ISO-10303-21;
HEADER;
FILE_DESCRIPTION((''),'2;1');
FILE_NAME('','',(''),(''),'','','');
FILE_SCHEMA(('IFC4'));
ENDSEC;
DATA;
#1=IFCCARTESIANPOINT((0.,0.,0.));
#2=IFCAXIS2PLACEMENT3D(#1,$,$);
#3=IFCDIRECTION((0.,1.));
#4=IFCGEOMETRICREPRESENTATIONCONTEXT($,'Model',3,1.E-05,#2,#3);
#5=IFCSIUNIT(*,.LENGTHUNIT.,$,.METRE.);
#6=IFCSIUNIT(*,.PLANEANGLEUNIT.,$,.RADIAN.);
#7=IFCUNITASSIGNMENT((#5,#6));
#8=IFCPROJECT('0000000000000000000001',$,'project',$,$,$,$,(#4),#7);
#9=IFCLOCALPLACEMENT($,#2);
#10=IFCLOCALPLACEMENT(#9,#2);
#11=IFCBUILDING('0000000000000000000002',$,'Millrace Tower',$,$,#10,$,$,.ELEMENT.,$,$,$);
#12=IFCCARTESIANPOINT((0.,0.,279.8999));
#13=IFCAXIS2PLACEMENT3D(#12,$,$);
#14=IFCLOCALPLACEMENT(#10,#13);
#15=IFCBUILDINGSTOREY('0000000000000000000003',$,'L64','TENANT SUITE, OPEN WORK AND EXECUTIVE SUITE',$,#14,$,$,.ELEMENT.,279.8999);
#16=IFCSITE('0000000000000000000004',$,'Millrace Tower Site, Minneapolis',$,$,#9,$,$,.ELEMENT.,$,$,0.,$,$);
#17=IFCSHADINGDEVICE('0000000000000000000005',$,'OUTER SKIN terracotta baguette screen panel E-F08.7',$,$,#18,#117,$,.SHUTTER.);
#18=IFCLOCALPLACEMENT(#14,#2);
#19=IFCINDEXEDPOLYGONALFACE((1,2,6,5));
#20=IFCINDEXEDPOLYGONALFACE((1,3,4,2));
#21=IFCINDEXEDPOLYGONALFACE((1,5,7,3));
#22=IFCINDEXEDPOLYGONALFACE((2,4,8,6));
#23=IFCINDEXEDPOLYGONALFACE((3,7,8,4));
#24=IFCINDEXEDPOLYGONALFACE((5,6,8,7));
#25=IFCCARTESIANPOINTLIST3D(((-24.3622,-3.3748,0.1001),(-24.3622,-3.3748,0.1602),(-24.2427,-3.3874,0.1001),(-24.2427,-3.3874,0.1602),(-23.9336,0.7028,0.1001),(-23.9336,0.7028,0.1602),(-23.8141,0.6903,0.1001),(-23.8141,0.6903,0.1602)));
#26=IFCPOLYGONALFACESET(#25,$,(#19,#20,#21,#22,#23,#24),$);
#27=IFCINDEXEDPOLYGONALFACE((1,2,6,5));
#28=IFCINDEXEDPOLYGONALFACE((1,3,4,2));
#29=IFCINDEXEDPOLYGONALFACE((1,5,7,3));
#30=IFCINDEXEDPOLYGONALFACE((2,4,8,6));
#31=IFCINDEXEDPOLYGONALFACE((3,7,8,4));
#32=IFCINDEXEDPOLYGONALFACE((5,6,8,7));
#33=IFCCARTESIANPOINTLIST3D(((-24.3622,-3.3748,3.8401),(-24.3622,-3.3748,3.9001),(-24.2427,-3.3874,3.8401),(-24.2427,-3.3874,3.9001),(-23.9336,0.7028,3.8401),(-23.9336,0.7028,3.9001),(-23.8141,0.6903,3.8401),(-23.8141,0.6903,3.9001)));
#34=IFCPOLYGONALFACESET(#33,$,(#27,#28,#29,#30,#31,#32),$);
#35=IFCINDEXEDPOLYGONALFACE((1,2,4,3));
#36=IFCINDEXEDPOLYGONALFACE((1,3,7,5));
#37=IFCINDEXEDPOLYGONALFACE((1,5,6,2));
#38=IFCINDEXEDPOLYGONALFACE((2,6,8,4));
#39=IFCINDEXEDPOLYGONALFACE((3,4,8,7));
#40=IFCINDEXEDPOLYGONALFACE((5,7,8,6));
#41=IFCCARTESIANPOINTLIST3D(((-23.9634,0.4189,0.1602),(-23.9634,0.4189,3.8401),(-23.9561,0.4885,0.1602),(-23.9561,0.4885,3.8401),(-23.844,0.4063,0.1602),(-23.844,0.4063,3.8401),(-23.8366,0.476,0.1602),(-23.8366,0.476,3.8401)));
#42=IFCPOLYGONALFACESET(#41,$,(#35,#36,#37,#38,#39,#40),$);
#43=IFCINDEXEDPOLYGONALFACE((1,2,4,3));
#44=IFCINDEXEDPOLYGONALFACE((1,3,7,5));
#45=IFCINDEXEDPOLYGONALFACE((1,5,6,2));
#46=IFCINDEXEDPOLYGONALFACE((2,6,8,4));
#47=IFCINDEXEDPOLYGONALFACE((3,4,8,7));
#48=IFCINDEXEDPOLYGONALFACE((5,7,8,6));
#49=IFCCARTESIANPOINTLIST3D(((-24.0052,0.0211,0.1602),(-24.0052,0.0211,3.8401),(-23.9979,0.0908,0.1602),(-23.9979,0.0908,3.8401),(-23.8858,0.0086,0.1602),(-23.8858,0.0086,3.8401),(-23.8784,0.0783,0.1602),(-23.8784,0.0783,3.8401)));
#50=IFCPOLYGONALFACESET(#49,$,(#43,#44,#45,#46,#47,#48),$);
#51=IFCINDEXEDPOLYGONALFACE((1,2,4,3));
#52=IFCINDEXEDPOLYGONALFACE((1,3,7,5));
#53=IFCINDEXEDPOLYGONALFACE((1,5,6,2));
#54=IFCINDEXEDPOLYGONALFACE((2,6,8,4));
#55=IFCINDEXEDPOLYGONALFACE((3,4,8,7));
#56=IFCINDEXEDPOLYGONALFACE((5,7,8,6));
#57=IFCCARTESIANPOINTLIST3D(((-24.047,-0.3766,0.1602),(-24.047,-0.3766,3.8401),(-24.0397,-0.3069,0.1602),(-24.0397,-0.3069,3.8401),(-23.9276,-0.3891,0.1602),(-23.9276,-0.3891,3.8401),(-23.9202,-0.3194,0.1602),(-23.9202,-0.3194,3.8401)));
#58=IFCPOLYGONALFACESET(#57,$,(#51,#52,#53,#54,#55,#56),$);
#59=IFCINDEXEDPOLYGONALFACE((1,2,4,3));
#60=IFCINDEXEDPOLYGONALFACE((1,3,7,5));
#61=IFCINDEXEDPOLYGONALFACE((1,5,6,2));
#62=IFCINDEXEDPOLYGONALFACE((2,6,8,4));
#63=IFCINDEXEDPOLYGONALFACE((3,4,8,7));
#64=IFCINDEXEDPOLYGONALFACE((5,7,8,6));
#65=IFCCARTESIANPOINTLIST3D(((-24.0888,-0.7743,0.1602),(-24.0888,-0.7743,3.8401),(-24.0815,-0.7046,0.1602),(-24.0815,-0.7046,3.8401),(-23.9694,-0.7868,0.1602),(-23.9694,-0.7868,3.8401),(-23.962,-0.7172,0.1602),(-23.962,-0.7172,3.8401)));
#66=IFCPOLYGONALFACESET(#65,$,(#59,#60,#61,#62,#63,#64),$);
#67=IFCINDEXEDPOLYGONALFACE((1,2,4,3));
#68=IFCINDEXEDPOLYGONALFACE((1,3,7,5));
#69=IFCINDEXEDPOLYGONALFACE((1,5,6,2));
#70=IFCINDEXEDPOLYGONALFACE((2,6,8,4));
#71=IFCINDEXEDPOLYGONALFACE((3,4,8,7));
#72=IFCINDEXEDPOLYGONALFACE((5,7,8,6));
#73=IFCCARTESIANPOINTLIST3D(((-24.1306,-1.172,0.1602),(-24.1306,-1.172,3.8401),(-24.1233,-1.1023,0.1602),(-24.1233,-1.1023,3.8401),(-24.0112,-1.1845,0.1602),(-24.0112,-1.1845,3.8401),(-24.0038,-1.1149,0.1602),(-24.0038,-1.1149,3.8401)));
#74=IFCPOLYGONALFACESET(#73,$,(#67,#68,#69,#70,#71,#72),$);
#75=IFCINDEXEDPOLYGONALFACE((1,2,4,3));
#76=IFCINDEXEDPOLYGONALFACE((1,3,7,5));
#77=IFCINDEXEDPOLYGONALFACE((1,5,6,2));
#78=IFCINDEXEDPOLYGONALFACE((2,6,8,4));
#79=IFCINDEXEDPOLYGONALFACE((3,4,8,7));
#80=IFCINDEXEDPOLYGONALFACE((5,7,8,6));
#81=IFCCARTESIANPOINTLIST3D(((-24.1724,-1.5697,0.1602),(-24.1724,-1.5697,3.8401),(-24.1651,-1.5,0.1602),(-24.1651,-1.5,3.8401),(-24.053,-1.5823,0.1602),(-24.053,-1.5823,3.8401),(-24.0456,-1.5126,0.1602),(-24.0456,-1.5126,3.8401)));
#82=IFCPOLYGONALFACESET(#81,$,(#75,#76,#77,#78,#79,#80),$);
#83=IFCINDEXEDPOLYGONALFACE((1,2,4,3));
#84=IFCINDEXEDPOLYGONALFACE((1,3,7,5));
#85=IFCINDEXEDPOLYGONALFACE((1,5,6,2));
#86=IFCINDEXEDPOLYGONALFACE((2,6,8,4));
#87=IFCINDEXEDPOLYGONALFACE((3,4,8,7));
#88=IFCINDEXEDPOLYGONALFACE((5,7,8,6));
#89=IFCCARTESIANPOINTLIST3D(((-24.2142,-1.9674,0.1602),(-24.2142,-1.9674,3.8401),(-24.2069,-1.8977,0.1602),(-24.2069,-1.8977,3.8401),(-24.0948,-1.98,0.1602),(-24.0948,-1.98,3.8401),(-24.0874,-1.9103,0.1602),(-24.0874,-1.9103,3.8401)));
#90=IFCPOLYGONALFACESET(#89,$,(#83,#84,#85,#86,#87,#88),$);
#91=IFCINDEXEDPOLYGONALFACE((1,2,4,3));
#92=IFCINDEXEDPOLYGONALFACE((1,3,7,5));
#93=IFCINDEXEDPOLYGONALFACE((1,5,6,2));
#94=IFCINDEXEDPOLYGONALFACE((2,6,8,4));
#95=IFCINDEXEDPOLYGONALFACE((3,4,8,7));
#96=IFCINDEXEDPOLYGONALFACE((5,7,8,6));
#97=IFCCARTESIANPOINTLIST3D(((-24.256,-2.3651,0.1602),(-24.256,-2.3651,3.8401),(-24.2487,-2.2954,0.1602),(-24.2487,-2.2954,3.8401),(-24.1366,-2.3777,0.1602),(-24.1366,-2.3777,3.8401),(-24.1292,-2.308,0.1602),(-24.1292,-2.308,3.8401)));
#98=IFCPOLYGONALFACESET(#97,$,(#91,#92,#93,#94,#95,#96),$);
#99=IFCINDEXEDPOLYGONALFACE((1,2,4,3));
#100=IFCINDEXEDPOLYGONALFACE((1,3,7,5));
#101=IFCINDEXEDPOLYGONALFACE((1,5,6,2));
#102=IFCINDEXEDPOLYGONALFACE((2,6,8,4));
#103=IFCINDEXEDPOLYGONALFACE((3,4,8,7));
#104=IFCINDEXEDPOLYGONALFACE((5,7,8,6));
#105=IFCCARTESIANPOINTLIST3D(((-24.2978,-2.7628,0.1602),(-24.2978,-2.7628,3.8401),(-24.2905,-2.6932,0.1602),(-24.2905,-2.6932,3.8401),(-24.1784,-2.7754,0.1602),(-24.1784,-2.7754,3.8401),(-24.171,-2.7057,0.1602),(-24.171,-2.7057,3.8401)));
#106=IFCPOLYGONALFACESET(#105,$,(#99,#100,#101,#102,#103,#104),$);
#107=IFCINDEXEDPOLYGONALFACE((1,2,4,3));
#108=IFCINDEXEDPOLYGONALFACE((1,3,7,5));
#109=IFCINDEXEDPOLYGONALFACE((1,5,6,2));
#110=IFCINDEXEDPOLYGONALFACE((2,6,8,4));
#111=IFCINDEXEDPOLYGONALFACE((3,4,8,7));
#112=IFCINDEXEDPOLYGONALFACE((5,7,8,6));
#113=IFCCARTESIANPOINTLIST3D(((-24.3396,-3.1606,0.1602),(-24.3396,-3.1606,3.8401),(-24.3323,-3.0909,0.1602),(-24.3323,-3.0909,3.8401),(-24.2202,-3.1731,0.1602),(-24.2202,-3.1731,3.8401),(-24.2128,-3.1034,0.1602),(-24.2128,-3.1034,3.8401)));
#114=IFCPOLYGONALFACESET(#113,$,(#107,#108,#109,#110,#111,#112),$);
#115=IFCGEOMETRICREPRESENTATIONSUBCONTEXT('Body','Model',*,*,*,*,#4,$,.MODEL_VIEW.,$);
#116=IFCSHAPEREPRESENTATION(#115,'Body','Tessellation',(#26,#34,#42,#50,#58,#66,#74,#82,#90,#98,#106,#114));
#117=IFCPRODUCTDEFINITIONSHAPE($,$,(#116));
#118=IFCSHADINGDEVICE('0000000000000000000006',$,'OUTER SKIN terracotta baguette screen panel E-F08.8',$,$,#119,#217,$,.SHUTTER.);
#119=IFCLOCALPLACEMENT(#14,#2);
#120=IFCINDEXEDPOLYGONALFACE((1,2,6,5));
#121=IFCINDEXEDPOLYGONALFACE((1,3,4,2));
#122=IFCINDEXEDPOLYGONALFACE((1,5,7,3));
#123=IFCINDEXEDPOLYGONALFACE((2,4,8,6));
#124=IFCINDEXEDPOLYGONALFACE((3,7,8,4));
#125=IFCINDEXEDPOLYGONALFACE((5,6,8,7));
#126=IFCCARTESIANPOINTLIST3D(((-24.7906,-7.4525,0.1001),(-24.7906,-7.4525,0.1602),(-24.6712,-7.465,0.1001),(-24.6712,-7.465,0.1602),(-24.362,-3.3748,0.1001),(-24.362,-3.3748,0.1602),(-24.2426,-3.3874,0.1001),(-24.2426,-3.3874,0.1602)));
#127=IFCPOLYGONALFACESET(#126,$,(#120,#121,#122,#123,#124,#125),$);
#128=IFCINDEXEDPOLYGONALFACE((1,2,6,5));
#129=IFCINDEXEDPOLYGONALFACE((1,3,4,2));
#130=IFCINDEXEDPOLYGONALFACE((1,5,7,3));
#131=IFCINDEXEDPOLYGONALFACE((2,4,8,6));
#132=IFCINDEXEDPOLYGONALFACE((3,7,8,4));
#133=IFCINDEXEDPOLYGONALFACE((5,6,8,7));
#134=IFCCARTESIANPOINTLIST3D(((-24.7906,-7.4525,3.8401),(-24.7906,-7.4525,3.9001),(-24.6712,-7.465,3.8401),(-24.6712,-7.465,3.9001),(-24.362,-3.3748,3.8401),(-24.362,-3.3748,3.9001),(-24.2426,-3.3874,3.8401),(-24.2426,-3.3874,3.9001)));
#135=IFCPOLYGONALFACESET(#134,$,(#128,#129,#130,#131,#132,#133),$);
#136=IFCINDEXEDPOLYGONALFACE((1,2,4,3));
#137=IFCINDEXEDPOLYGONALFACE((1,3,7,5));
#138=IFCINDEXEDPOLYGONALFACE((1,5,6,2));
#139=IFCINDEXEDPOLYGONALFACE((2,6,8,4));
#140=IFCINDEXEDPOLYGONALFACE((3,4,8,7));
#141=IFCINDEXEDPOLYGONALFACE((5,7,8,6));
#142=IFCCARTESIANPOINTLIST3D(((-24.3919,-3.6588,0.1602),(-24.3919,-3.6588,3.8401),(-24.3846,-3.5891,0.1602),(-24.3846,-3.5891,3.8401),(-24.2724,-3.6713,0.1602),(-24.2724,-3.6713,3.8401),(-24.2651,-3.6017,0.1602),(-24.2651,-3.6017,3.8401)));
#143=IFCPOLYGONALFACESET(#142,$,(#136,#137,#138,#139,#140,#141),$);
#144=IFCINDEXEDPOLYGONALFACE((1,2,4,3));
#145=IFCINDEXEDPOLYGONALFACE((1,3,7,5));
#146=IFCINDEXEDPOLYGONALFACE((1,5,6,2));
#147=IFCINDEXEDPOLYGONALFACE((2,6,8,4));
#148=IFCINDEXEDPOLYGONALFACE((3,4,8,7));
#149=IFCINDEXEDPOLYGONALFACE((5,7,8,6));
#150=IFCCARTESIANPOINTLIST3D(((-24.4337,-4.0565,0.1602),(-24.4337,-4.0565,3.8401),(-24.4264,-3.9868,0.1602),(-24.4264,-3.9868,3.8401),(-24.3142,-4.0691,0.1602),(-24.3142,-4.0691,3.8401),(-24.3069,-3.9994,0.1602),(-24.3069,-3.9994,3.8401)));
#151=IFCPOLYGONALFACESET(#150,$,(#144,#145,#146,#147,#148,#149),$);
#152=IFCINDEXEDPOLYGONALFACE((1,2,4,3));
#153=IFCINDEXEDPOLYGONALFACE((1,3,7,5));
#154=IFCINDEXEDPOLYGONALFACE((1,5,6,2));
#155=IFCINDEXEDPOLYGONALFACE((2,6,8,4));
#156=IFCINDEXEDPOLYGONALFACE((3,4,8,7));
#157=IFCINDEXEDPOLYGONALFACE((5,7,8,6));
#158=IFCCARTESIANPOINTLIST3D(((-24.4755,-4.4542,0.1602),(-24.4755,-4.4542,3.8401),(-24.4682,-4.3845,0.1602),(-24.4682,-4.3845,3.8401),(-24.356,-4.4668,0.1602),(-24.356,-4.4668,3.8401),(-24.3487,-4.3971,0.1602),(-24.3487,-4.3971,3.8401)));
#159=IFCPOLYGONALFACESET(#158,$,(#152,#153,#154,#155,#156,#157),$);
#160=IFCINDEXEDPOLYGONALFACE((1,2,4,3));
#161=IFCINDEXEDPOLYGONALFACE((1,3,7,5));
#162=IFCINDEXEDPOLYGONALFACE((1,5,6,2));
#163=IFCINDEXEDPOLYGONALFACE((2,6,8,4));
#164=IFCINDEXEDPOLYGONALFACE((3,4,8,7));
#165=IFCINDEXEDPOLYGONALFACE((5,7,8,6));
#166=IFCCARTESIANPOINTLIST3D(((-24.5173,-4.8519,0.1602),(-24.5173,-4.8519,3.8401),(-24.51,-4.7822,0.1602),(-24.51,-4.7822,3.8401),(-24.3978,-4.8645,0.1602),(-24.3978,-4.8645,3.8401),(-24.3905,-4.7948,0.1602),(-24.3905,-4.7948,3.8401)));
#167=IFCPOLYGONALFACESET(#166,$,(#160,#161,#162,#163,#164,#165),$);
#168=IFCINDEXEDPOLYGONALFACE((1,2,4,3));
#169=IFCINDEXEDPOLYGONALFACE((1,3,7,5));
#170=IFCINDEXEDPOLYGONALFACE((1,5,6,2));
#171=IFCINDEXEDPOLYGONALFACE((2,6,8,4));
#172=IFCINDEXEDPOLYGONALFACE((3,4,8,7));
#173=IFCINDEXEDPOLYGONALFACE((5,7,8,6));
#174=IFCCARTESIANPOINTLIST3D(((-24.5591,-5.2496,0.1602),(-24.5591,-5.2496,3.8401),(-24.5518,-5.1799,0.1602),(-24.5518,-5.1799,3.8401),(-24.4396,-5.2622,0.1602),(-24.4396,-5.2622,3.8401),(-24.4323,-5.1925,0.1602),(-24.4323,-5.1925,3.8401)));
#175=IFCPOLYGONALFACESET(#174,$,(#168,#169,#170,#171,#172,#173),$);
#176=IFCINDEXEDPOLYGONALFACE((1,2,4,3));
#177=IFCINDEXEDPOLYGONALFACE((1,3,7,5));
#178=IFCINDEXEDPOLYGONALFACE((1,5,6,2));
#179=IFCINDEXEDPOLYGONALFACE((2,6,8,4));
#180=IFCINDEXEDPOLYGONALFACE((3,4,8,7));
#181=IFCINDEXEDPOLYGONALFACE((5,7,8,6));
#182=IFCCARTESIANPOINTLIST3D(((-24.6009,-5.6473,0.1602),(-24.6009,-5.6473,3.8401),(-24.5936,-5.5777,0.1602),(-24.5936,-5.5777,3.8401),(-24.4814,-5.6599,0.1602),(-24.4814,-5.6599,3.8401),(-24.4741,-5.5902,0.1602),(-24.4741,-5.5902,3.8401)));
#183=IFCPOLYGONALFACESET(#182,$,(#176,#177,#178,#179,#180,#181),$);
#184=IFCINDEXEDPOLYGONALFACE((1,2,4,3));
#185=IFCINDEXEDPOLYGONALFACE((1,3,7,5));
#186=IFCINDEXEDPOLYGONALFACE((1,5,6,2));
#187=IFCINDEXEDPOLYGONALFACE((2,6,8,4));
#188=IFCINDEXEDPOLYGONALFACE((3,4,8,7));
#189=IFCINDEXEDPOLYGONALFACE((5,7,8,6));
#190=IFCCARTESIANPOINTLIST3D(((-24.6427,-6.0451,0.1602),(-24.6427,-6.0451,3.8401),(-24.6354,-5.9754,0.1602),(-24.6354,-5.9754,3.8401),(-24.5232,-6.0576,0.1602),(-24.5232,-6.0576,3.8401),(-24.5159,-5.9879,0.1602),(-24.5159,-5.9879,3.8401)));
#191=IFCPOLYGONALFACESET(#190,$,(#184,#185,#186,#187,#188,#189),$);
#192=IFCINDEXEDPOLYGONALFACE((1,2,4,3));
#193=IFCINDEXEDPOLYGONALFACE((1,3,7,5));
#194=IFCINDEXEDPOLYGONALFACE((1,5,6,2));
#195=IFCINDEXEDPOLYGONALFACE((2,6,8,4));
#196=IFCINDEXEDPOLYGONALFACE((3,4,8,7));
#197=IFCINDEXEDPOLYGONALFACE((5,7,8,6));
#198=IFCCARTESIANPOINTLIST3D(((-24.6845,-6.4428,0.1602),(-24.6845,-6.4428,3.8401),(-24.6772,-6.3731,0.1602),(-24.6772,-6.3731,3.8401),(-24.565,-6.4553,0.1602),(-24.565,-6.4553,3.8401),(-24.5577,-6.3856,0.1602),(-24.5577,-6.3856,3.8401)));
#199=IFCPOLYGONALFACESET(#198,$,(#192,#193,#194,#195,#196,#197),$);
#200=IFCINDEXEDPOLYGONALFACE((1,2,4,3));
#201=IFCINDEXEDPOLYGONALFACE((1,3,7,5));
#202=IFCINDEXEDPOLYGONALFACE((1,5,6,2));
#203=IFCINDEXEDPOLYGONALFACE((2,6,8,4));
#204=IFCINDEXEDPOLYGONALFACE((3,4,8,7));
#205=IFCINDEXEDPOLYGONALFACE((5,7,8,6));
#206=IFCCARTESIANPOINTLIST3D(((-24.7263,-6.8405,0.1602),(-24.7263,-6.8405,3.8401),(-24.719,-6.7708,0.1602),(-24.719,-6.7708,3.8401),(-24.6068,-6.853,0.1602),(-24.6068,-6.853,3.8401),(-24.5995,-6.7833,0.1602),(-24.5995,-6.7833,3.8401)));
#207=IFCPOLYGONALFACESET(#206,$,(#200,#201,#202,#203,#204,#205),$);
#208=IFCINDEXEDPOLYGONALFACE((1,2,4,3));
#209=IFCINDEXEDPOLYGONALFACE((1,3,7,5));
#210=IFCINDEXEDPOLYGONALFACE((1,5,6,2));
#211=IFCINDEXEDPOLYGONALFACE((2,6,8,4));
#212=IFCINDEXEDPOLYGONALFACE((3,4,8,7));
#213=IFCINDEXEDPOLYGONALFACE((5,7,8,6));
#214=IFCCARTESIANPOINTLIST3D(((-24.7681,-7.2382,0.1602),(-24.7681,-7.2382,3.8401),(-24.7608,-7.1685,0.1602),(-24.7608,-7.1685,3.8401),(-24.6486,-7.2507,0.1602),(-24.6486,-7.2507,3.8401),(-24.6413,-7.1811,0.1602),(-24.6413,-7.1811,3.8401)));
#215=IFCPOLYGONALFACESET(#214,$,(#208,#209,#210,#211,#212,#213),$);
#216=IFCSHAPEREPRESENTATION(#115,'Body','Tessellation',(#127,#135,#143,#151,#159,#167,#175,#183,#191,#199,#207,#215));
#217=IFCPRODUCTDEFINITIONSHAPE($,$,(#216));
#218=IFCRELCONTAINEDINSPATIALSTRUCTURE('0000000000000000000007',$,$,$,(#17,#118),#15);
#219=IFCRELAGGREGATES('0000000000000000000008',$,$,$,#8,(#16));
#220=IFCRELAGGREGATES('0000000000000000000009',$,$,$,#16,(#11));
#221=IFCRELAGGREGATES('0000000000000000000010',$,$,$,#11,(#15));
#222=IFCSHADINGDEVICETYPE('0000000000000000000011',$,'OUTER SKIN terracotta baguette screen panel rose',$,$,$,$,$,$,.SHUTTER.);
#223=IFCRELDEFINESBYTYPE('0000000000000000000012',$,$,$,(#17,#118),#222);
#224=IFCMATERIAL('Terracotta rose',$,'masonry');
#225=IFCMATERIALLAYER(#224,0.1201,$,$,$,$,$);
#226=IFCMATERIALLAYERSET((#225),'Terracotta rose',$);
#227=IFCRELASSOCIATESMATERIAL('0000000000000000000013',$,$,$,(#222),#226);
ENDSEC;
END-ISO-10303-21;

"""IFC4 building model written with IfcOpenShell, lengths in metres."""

from ifc_helpers import new_model, entity, si_unit, direction, frame, frame_2d, origin, place, context, subcontext, project, spatial, rectangle, extrude, source, transform, mapped, material, layer, layer_set, type_object, element, save


model = new_model("IFC4")

# Units and contexts
model_context = context("Model", 3, precision=1e-05, world=origin(), true_north=direction((0.0, 1.0)))
body_context = subcontext(model_context, "Body", "Model", "MODEL_VIEW")
ifc_project = project(units=[si_unit("LENGTHUNIT", "METRE"), si_unit("PLANEANGLEUNIT", "RADIAN")], contexts=[model_context])

# Site, building, storey
site_placement = place(None, origin())
site = spatial("IfcSite", under=ifc_project, at=site_placement, Name="Millrace Tower Site, Minneapolis", CompositionType="ELEMENT", RefElevation=0.0)
building_placement = place(site_placement, origin())
building = spatial("IfcBuilding", under=site, at=building_placement, Name="Millrace Tower", CompositionType="ELEMENT")
storey_placement = place(building_placement, frame((0.0, 0.0, 279.8999)))
storey = spatial("IfcBuildingStorey", under=building, at=storey_placement, Name="L64", Description="TENANT SUITE, OPEN WORK AND EXECUTIVE SUITE", CompositionType="ELEMENT", Elevation=279.8999)

# Shading devices
ifc_material_1 = material(Name="Terracotta rose", Category="masonry")
ifc_layer_1 = layer(ifc_material_1, 0.1201)
ifc_layer_set_1 = layer_set([ifc_layer_1], Name="Terracotta rose")
shading_device_type = type_object("IfcShadingDeviceType", Name="OUTER SKIN terracotta baguette screen panel rose", PredefinedType="SHUTTER", material=ifc_layer_set_1)
cartesian_point_1 = entity("IfcCartesianPoint", [-2.05, 0.0601])
shared_polyline_1 = entity("IfcPolyline", [cartesian_point_1, entity("IfcCartesianPoint", [2.05, 0.0601]), entity("IfcCartesianPoint", [2.05, -0.0601]), entity("IfcCartesianPoint", [-2.05, -0.0601]), cartesian_point_1])
shared_shape_1 = source(origin(), body_context, "Body", "SweptSolid", [
    entity("IfcExtrudedAreaSolid", entity("IfcArbitraryClosedProfileDef", "AREA", None, shared_polyline_1), entity("IfcAxis2Placement3D", entity("IfcCartesianPoint", [0.0, 0.0, 0.0])), entity("IfcDirection", [0.0, 0.0, 1.0]), 0.0601),
    entity("IfcExtrudedAreaSolid", entity("IfcArbitraryClosedProfileDef", "AREA", None, shared_polyline_1), entity("IfcAxis2Placement3D", entity("IfcCartesianPoint", [0.0, 0.0, 3.74])), entity("IfcDirection", [0.0, 0.0, 1.0]), 0.0601),
    extrude(rectangle(XDim=0.0701, YDim=0.1201, at=frame_2d((-1.7996, 0.0))), frame((0.0, 0.0, 0.0601)), (0.0, 0.0, 1.0), 3.6799),
    extrude(rectangle(XDim=0.0701, YDim=0.1201, at=frame_2d((-1.3997, 0.0))), frame((0.0, 0.0, 0.0601)), (0.0, 0.0, 1.0), 3.6799),
    extrude(rectangle(XDim=0.0701, YDim=0.1201, at=frame_2d((-0.9998, 0.0))), frame((0.0, 0.0, 0.0601)), (0.0, 0.0, 1.0), 3.6799),
    extrude(rectangle(XDim=0.0701, YDim=0.1201, at=frame_2d((-0.5999, 0.0))), frame((0.0, 0.0, 0.0601)), (0.0, 0.0, 1.0), 3.6799),
    extrude(rectangle(XDim=0.0701, YDim=0.1201, at=frame_2d((-0.2, 0.0))), frame((0.0, 0.0, 0.0601)), (0.0, 0.0, 1.0), 3.6799),
    extrude(rectangle(XDim=0.0701, YDim=0.1201, at=frame_2d((0.2, 0.0))), frame((0.0, 0.0, 0.0601)), (0.0, 0.0, 1.0), 3.6799),
    extrude(rectangle(XDim=0.0701, YDim=0.1201, at=frame_2d((0.5999, 0.0))), frame((0.0, 0.0, 0.0601)), (0.0, 0.0, 1.0), 3.6799),
    extrude(rectangle(XDim=0.0701, YDim=0.1201, at=frame_2d((0.9998, 0.0))), frame((0.0, 0.0, 0.0601)), (0.0, 0.0, 1.0), 3.6799),
    extrude(rectangle(XDim=0.0701, YDim=0.1201, at=frame_2d((1.3997, 0.0))), frame((0.0, 0.0, 0.0601)), (0.0, 0.0, 1.0), 3.6799),
    extrude(rectangle(XDim=0.0701, YDim=0.1201, at=frame_2d((1.7996, 0.0))), frame((0.0, 0.0, 0.0601)), (0.0, 0.0, 1.0), 3.6799),
])
for number, where, z_axis, x_axis, name in (
    (1, (-24.0881, -1.3423, 0.1001), (0.0, 0.0, 1.0), (-0.104528, -0.994522, 0.0), "OUTER SKIN terracotta baguette screen panel E-F08.7"),
    (2, (-24.5166, -5.4199, 0.1001), (0.0, 0.0, 1.0), (-0.104528, -0.994522, 0.0), "OUTER SKIN terracotta baguette screen panel E-F08.8"),
):
    element("IfcShadingDevice", number, at=place(storey_placement, frame(where, z_axis=z_axis, x_axis=x_axis)), inside=storey, type_object=shading_device_type, Name=name, PredefinedType="SHUTTER", context=body_context, shape_type="MappedRepresentation", body=[
        mapped(shared_shape_1, transform((0.0, 0.0, 0.0), scale=1.0)),
    ])

save(model, "model.ifc")
